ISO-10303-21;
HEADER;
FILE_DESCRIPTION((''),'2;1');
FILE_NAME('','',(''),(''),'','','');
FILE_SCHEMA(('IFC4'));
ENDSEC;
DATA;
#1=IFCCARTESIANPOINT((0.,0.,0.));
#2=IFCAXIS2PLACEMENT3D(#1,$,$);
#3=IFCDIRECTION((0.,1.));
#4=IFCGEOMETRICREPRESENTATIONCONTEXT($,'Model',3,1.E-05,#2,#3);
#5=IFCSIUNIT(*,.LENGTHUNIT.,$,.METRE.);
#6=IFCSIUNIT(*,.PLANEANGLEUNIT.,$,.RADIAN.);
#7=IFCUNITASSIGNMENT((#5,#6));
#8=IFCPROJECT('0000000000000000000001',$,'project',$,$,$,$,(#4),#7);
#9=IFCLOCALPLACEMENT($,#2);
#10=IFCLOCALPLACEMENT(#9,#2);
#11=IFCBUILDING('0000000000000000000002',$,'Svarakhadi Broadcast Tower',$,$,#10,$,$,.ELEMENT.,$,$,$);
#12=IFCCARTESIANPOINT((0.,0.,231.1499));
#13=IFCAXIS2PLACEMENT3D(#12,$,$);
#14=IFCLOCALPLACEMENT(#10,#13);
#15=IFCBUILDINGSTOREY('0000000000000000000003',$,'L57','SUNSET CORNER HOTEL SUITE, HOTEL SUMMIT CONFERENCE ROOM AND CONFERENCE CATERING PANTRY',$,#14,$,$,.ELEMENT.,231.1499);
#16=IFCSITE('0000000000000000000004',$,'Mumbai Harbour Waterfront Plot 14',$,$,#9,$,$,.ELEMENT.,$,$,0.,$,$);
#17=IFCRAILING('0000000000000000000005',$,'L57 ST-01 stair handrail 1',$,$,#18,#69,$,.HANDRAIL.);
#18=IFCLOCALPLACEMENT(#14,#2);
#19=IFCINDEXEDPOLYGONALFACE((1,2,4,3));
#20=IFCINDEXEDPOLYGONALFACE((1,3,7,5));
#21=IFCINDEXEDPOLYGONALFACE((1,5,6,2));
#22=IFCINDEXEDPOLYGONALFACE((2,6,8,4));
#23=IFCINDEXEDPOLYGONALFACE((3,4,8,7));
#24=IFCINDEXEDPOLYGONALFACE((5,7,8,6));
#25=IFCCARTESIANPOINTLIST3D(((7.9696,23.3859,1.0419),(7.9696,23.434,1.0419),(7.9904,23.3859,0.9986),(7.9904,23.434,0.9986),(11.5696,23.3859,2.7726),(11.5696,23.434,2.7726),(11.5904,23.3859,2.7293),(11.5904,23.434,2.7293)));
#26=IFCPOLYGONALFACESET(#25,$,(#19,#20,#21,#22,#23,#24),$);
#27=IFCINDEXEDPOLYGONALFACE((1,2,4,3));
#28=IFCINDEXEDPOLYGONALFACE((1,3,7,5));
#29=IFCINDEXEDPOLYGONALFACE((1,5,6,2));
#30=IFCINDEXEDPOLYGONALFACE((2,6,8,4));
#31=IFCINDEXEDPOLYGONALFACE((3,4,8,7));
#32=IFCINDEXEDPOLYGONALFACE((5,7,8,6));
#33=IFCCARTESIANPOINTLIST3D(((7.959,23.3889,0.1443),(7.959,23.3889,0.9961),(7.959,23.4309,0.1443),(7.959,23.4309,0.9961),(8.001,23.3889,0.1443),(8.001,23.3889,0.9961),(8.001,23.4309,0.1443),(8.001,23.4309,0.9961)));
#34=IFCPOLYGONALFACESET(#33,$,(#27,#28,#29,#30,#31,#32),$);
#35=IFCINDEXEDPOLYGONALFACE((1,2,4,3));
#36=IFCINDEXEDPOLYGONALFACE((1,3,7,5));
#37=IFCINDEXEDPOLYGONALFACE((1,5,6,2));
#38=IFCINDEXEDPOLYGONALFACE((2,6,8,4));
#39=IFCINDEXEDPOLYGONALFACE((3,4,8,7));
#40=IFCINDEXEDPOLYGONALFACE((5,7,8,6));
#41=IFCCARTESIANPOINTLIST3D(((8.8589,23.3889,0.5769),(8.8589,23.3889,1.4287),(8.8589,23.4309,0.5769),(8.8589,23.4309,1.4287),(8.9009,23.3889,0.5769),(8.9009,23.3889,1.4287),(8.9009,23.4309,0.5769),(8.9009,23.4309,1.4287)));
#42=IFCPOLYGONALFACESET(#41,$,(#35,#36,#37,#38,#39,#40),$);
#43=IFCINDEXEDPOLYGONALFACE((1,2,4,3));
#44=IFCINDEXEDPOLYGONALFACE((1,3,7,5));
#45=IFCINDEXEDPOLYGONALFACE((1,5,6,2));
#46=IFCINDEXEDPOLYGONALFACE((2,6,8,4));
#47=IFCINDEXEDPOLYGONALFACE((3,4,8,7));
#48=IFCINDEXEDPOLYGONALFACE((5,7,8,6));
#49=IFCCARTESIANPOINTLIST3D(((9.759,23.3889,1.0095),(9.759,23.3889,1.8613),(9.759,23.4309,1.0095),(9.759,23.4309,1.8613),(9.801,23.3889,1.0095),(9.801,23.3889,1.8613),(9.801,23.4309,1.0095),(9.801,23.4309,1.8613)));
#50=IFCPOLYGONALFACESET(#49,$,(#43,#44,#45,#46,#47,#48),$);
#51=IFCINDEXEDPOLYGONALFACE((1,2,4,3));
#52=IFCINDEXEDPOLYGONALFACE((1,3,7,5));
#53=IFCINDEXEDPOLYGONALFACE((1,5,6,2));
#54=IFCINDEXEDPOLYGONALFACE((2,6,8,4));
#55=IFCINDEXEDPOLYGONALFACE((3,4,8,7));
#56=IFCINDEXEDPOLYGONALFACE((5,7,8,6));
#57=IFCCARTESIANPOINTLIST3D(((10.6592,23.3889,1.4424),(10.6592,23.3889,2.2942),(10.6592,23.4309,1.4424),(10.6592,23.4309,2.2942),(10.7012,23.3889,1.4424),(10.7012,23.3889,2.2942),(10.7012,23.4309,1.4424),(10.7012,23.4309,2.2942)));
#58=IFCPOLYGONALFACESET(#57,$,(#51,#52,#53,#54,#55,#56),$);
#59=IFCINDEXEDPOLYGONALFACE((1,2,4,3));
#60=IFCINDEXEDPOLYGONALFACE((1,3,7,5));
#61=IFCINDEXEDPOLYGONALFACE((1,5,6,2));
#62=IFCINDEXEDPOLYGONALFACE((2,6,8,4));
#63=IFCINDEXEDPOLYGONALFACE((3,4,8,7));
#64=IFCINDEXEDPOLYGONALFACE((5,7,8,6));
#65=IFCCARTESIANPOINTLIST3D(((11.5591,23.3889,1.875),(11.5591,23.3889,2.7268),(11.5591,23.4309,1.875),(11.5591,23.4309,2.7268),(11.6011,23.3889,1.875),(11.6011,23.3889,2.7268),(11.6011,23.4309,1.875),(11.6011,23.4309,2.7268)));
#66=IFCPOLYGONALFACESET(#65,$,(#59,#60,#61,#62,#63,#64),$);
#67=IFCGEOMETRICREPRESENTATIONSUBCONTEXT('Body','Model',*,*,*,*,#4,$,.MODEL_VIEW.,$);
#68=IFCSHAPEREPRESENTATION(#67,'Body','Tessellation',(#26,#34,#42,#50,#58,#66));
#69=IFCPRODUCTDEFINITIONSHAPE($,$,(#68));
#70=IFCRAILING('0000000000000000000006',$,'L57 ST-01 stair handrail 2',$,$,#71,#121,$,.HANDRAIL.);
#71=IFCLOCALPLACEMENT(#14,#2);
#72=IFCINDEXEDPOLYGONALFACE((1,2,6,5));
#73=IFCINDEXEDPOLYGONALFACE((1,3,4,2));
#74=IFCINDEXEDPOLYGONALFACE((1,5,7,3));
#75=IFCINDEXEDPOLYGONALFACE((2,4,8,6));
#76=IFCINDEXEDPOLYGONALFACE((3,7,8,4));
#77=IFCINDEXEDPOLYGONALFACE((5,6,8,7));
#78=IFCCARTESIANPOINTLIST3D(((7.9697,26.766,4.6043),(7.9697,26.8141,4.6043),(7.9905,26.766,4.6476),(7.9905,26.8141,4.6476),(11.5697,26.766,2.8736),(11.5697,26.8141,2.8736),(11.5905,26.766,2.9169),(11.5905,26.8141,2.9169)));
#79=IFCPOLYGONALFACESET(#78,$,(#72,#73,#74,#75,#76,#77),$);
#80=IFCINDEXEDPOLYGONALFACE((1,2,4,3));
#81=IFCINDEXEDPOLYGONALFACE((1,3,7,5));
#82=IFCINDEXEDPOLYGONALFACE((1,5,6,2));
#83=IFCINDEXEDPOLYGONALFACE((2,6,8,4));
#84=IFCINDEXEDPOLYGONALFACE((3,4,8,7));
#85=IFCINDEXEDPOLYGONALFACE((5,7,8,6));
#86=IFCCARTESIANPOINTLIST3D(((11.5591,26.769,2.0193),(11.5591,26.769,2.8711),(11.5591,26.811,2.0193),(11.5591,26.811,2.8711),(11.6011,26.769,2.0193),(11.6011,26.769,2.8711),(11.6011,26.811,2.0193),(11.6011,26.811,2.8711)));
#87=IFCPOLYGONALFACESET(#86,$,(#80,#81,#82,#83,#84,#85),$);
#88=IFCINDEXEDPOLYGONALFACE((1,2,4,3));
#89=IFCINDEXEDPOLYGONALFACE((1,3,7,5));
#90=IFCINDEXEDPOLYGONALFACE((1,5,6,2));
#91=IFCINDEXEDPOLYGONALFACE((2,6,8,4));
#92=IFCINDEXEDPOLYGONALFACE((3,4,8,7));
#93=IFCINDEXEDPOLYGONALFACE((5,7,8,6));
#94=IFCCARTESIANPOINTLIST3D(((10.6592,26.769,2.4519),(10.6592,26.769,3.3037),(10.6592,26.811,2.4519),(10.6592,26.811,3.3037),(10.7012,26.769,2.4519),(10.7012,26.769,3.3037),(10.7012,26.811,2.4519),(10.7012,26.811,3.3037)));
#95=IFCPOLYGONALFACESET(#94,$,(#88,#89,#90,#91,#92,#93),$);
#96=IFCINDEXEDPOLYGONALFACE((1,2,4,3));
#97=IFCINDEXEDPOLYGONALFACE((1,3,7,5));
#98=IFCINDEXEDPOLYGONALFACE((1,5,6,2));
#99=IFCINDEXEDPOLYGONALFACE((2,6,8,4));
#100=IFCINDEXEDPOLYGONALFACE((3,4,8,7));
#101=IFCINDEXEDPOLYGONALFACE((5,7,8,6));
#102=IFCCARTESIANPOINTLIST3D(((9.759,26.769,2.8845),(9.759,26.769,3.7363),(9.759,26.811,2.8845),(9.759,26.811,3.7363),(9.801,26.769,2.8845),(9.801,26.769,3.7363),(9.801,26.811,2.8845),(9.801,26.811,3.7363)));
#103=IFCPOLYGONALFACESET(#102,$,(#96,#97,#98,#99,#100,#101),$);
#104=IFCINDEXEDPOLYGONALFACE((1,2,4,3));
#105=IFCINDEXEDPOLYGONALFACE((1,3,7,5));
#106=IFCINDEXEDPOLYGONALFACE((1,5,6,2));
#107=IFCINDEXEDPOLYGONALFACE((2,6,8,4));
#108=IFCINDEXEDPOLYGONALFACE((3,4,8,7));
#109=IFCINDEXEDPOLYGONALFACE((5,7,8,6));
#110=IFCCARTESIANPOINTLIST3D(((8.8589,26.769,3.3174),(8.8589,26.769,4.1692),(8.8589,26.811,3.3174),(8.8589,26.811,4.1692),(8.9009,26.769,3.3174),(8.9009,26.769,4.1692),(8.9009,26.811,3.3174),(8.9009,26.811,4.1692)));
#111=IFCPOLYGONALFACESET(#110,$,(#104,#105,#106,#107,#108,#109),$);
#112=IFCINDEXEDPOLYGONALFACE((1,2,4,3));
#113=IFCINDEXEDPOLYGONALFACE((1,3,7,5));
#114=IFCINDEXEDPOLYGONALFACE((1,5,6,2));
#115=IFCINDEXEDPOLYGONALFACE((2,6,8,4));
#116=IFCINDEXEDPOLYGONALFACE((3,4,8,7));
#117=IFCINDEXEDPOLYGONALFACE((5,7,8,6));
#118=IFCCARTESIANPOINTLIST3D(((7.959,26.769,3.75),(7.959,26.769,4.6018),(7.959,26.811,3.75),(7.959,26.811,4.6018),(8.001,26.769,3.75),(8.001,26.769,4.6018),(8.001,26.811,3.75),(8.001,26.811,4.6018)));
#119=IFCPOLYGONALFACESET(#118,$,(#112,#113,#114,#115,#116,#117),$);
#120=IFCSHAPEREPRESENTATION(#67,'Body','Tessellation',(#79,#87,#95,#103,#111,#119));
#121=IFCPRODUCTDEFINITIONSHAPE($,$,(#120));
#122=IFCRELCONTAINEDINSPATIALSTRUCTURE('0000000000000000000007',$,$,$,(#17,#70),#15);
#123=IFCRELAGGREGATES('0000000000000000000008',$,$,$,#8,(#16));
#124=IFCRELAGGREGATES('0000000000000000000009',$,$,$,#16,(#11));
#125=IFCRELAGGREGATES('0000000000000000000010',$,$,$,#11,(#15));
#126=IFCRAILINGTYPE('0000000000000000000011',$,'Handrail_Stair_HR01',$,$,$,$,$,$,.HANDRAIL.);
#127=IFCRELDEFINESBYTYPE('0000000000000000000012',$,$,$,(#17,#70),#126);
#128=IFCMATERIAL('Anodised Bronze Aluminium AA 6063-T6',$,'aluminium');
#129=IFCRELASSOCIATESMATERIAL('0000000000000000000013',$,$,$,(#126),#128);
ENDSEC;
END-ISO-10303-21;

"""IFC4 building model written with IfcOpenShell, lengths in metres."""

from ifc_helpers import new_model, si_unit, direction, frame, origin, origin_2d, place, context, subcontext, project, spatial, rectangle, extrude, material, type_object, element, save


model = new_model("IFC4")

# Units and contexts
model_context = context("Model", 3, precision=1e-05, world=origin(), true_north=direction((0.0, 1.0)))
body_context = subcontext(model_context, "Body", "Model", "MODEL_VIEW")
ifc_project = project(units=[si_unit("LENGTHUNIT", "METRE"), si_unit("PLANEANGLEUNIT", "RADIAN")], contexts=[model_context])

# Site, building, storey
site_placement = place(None, origin())
site = spatial("IfcSite", under=ifc_project, at=site_placement, Name="Mumbai Harbour Waterfront Plot 14", CompositionType="ELEMENT", RefElevation=0.0)
building_placement = place(site_placement, origin())
building = spatial("IfcBuilding", under=site, at=building_placement, Name="Svarakhadi Broadcast Tower", CompositionType="ELEMENT")
storey_placement = place(building_placement, frame((0.0, 0.0, 231.1499)))
storey = spatial("IfcBuildingStorey", under=building, at=storey_placement, Name="L57", Description="SUNSET CORNER HOTEL SUITE, HOTEL SUMMIT CONFERENCE ROOM AND CONFERENCE CATERING PANTRY", CompositionType="ELEMENT", Elevation=231.1499)

# Railings
ifc_material_1 = material(Name="Anodised Bronze Aluminium AA 6063-T6", Category="aluminium")
railing_type_1 = type_object("IfcRailingType", Name="Handrail_Stair_HR01", PredefinedType="HANDRAIL", material=ifc_material_1)
railing_1_placement = place(storey_placement, frame((7.98, 23.4099, 0.1443)))
element("IfcRailing", 1, at=railing_1_placement, inside=storey, type_object=railing_type_1, Name="L57 ST-01 stair handrail 1", PredefinedType="HANDRAIL", context=body_context, shape_type="SweptSolid", body=[
    extrude(rectangle(XDim=0.0481, YDim=0.0481, at=origin_2d()), frame((0.0, 0.0, 0.876), z_axis=(0.901263, 0.0, 0.433273), x_axis=(0.0, 1.0, 0.0)), (0.0, 0.0, 1.0), 3.9944),
    extrude(rectangle(XDim=0.042, YDim=0.042, at=origin_2d()), origin(), (0.0, 0.0, 1.0), 0.8518),
    extrude(rectangle(XDim=0.042, YDim=0.042, at=origin_2d()), frame((0.8999, 0.0, 0.4326)), (0.0, 0.0, 1.0), 0.8518),
    extrude(rectangle(XDim=0.042, YDim=0.042, at=origin_2d()), frame((1.8, 0.0, 0.8652)), (0.0, 0.0, 1.0), 0.8518),
    extrude(rectangle(XDim=0.042, YDim=0.042, at=origin_2d()), frame((2.7002, 0.0, 1.2981)), (0.0, 0.0, 1.0), 0.8518),
    extrude(rectangle(XDim=0.042, YDim=0.042, at=origin_2d()), frame((3.6001, 0.0, 1.7307)), (0.0, 0.0, 1.0), 0.8518),
])
railing_2_placement = place(storey_placement, frame((11.5801, 26.79, 2.0193)))
element("IfcRailing", 2, at=railing_2_placement, inside=storey, type_object=railing_type_1, Name="L57 ST-01 stair handrail 2", PredefinedType="HANDRAIL", context=body_context, shape_type="SweptSolid", body=[
    extrude(rectangle(XDim=0.0481, YDim=0.0481, at=origin_2d()), frame((0.0, 0.0, 0.876), z_axis=(-0.901263, 0.0, 0.433273), x_axis=(0.0, -1.0, 0.0)), (0.0, 0.0, 1.0), 3.9944),
    extrude(rectangle(XDim=0.042, YDim=0.042, at=origin_2d()), origin(), (0.0, 0.0, 1.0), 0.8518),
    extrude(rectangle(XDim=0.042, YDim=0.042, at=origin_2d()), frame((-0.8999, 0.0, 0.4326)), (0.0, 0.0, 1.0), 0.8518),
    extrude(rectangle(XDim=0.042, YDim=0.042, at=origin_2d()), frame((-1.8, 0.0, 0.8652)), (0.0, 0.0, 1.0), 0.8518),
    extrude(rectangle(XDim=0.042, YDim=0.042, at=origin_2d()), frame((-2.7002, 0.0, 1.2981)), (0.0, 0.0, 1.0), 0.8518),
    extrude(rectangle(XDim=0.042, YDim=0.042, at=origin_2d()), frame((-3.6001, 0.0, 1.7307)), (0.0, 0.0, 1.0), 0.8518),
])

save(model, "model.ifc")
